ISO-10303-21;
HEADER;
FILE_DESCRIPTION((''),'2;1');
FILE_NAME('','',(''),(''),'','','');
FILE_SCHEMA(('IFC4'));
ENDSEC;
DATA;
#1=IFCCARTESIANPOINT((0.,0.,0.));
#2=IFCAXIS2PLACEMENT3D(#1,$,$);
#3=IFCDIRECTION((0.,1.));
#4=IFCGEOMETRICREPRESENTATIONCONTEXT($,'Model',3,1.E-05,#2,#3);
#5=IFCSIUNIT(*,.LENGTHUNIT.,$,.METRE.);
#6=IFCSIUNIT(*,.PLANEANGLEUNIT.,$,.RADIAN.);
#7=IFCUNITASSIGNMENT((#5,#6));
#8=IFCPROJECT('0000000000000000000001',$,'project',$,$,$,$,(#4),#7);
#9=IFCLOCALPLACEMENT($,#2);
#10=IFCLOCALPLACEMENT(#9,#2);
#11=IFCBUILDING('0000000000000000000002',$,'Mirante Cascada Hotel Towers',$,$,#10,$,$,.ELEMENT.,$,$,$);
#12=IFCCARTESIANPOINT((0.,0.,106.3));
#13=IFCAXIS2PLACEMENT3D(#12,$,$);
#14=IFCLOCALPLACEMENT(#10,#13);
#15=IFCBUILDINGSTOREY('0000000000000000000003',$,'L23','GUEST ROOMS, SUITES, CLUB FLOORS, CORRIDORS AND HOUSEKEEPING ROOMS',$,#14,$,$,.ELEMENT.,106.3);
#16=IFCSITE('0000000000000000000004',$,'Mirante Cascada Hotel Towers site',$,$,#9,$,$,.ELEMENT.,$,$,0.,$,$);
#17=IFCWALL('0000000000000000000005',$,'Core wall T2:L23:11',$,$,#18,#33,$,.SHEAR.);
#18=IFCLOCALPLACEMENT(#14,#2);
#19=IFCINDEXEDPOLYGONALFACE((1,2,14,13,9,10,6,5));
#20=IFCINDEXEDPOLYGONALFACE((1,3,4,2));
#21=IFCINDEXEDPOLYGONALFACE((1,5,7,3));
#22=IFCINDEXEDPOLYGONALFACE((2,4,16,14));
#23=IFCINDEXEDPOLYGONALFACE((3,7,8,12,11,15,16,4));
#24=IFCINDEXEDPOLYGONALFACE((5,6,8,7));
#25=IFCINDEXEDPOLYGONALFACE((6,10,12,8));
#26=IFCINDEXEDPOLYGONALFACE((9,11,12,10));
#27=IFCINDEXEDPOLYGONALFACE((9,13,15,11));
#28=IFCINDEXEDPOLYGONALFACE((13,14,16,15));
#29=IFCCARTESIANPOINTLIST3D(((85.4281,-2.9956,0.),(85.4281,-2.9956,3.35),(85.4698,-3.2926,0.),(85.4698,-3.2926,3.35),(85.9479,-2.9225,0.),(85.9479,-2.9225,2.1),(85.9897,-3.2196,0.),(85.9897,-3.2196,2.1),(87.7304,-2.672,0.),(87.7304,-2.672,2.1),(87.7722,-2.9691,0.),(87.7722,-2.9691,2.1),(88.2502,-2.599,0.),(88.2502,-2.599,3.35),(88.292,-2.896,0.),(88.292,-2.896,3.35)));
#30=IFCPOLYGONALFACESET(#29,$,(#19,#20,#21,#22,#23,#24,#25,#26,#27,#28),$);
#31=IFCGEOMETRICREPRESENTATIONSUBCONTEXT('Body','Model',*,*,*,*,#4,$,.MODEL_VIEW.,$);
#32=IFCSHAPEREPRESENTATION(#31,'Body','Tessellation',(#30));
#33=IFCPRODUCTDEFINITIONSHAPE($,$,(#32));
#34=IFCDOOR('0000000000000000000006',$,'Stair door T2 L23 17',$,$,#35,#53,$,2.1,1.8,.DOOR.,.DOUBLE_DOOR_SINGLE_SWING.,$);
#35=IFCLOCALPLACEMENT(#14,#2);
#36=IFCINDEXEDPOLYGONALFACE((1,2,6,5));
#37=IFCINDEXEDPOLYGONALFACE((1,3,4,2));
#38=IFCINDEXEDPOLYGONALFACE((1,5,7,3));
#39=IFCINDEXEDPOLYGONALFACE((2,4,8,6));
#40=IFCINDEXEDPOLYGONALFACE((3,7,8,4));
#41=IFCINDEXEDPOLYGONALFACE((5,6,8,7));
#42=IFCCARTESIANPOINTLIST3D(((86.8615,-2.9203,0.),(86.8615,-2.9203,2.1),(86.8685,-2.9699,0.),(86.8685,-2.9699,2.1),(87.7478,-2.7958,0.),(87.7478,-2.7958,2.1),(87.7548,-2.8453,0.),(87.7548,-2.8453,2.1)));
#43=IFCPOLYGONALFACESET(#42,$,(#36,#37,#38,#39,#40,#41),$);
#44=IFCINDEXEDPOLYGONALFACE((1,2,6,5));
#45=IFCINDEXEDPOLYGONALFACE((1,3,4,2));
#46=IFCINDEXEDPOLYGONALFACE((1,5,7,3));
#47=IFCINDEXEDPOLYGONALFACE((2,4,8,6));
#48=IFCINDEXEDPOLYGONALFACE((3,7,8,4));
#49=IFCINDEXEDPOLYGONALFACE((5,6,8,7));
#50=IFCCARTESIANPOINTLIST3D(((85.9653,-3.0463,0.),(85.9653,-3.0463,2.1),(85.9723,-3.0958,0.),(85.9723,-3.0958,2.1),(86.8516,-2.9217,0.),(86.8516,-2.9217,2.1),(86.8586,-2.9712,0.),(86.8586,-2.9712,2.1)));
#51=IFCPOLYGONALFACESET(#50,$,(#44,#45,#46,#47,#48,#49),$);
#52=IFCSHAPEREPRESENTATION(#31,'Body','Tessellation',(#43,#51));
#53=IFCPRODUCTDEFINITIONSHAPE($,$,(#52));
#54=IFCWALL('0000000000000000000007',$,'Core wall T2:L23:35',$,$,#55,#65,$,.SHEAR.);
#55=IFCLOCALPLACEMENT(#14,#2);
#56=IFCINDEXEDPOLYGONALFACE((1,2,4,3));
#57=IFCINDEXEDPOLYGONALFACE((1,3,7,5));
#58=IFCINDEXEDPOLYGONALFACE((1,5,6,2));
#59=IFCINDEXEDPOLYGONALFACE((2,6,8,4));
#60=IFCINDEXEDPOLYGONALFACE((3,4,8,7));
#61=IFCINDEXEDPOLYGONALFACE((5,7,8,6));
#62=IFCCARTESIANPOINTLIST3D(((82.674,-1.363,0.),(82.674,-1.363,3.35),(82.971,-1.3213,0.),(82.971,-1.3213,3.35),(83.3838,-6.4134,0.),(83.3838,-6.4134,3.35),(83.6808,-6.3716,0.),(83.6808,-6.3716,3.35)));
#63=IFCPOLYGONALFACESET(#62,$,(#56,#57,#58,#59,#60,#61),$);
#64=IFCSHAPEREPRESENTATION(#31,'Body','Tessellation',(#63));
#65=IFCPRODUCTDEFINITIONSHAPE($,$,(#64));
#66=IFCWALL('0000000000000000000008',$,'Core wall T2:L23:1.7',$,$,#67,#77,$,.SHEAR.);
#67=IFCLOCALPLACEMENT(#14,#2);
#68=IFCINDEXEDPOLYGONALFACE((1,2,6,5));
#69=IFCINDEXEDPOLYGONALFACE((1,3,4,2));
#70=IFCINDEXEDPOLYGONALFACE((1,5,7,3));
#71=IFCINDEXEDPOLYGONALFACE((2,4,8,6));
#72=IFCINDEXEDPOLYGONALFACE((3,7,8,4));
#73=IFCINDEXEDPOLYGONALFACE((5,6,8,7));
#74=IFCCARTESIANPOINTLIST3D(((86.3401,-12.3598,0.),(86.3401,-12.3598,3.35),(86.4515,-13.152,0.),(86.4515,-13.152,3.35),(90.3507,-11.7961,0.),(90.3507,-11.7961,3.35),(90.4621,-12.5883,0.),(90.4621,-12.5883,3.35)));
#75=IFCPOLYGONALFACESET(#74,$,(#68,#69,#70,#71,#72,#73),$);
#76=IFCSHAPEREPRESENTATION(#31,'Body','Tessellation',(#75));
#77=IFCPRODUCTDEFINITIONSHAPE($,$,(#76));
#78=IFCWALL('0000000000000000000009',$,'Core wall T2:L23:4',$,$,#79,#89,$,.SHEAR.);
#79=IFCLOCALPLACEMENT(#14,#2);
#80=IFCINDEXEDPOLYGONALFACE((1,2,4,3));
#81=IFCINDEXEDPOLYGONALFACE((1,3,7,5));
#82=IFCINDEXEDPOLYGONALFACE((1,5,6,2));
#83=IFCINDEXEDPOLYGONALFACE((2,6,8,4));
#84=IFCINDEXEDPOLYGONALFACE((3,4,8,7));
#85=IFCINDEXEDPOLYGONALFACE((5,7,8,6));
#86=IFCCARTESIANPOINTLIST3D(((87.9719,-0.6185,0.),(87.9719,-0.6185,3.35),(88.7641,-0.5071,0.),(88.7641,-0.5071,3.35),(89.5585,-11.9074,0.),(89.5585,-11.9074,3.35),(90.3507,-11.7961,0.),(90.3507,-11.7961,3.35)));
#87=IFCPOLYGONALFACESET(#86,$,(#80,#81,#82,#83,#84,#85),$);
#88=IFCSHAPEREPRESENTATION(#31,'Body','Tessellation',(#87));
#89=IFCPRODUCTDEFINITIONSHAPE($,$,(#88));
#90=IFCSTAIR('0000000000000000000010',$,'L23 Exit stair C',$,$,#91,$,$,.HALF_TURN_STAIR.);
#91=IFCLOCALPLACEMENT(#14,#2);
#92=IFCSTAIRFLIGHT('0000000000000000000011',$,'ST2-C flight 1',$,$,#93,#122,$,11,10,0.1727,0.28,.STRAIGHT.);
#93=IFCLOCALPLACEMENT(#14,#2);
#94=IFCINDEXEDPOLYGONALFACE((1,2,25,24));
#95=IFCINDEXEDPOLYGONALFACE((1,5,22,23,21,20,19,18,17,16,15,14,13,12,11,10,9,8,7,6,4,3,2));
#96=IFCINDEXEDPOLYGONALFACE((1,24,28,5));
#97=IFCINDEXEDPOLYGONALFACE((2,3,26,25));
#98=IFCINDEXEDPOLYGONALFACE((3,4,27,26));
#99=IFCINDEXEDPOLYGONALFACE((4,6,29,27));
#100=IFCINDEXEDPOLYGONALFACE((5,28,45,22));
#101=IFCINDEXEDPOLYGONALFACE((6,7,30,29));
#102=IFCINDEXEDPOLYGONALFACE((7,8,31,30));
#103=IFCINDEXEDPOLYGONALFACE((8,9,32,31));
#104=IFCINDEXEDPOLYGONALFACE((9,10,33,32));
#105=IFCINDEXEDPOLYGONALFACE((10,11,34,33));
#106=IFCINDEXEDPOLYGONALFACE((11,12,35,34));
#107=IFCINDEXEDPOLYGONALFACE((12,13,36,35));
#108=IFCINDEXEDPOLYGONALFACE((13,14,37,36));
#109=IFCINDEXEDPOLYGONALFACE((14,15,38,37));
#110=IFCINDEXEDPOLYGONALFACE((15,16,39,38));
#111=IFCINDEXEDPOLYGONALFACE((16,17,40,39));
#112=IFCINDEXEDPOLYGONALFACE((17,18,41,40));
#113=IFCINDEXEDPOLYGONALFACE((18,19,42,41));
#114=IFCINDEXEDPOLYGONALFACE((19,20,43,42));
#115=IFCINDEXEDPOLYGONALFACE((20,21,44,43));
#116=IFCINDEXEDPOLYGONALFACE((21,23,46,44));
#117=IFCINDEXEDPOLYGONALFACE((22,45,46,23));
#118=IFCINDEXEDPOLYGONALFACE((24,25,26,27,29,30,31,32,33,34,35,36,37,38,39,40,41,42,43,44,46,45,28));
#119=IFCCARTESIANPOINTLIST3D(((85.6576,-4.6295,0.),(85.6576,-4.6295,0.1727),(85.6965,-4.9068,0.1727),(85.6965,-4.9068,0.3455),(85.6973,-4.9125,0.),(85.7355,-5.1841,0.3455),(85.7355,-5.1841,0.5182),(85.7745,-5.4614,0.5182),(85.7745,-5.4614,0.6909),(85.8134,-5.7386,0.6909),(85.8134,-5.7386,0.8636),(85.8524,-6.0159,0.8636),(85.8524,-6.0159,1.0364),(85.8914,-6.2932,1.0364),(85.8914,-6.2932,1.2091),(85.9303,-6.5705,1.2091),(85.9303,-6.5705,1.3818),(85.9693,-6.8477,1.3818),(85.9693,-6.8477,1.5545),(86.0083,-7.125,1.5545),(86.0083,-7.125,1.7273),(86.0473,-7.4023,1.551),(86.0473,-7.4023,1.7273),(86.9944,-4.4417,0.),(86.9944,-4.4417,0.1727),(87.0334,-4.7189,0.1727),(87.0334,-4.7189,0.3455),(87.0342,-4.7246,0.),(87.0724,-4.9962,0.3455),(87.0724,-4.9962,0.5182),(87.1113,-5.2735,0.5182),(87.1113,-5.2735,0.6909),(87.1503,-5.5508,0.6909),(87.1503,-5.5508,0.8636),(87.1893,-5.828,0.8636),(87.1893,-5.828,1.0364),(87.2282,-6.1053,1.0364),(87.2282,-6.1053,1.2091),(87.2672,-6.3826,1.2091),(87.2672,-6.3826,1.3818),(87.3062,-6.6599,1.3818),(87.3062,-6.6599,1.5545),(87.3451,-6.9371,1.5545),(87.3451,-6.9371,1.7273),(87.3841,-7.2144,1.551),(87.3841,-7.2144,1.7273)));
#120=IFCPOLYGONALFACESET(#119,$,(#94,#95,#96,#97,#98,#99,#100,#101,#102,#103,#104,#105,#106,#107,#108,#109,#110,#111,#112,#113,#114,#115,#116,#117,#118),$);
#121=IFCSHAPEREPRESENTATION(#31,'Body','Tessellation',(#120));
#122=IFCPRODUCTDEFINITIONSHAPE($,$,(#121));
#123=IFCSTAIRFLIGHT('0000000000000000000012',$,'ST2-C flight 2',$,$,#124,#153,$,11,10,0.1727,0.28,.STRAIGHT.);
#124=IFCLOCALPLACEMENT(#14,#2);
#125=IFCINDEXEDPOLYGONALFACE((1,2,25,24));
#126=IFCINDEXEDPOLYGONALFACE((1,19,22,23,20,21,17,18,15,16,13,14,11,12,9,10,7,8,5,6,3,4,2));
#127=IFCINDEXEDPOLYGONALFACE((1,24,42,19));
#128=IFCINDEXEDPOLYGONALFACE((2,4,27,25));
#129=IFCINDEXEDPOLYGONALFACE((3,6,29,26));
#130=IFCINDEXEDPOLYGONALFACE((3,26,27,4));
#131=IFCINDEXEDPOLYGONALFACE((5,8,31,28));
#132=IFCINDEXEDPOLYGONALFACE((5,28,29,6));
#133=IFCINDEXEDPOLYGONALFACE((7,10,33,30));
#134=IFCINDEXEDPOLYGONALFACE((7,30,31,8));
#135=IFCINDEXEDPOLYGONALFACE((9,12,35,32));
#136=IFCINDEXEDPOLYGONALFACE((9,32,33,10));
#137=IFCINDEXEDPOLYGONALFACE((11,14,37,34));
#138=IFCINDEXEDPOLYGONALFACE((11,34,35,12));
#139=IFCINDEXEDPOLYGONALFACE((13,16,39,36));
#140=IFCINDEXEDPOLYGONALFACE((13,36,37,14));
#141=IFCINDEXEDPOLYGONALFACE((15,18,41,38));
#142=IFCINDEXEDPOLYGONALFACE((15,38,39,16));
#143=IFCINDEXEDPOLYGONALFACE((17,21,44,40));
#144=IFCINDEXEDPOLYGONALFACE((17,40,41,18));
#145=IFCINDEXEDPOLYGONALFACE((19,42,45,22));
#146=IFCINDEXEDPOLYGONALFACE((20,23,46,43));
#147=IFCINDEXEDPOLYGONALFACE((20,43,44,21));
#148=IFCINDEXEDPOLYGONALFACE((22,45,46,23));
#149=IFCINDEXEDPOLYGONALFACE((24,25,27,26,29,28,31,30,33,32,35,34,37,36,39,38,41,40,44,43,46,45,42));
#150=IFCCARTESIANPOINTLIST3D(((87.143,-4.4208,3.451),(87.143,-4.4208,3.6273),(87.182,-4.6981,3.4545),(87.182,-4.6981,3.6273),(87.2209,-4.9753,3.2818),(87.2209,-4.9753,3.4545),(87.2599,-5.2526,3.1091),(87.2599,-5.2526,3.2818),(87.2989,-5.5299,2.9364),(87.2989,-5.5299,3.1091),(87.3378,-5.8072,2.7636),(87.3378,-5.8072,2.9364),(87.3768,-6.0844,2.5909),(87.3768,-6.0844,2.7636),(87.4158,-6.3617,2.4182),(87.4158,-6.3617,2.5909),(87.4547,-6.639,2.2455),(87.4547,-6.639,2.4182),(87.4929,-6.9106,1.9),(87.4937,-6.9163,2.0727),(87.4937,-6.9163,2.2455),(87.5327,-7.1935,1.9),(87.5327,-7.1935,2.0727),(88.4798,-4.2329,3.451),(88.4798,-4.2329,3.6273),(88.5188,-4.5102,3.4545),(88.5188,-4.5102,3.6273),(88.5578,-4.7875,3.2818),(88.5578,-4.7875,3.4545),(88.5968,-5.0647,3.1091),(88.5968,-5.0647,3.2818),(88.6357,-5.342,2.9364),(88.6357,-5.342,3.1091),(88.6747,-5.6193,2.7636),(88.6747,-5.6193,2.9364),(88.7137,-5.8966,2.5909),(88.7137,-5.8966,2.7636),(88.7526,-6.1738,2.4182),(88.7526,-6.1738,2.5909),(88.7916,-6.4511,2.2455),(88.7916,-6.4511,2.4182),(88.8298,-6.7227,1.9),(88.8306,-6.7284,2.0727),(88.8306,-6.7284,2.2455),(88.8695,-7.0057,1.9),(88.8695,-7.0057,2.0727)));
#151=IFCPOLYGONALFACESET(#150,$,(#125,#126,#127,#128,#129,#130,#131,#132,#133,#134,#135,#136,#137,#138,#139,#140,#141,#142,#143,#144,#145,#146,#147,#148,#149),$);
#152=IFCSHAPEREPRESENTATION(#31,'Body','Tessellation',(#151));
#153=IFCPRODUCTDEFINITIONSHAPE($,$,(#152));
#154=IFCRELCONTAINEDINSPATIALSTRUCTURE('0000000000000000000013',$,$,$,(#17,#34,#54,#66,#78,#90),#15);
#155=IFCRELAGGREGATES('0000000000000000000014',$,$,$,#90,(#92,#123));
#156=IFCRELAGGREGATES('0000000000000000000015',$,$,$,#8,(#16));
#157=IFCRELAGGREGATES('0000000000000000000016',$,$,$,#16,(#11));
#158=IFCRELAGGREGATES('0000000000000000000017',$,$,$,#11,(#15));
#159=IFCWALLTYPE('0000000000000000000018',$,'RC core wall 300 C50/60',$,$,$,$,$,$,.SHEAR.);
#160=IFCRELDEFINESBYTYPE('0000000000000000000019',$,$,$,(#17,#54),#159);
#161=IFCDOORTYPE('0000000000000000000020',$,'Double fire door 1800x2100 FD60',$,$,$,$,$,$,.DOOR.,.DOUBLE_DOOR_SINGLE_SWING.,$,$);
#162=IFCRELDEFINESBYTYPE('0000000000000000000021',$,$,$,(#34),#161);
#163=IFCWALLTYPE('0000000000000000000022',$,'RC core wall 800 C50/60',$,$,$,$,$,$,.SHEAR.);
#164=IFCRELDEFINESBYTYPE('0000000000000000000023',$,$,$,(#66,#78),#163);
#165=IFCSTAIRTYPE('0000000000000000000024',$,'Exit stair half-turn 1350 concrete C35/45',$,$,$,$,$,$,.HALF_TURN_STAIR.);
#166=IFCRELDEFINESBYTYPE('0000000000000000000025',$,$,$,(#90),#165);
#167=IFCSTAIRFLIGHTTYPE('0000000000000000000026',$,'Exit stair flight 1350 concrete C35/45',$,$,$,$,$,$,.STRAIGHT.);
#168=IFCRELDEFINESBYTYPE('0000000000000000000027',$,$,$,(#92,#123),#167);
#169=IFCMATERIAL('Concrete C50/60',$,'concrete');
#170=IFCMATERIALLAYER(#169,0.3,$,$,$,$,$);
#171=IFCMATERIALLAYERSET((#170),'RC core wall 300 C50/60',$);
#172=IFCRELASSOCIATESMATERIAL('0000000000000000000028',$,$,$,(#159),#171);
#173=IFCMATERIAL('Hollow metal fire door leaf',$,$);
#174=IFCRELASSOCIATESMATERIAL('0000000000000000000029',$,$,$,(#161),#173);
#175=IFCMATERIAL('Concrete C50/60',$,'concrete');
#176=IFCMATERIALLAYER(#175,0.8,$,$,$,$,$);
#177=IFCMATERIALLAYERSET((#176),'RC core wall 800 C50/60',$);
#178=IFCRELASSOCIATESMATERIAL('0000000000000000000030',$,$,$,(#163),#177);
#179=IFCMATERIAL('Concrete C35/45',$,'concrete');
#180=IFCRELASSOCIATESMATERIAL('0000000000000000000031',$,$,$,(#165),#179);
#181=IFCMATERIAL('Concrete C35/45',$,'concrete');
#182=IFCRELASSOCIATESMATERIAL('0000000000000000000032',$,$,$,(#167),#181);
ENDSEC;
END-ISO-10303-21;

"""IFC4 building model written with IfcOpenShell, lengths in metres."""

from ifc_helpers import new_model, si_unit, direction, frame, frame_2d, origin, place, context, subcontext, project, spatial, polyline, rectangle, outline, extrude, material, layer, layer_set, type_object, element, fill, aggregate, save


model = new_model("IFC4")

# Units and contexts
model_context = context("Model", 3, precision=1e-05, world=origin(), true_north=direction((0.0, 1.0)))
body_context = subcontext(model_context, "Body", "Model", "MODEL_VIEW")
ifc_project = project(units=[si_unit("LENGTHUNIT", "METRE"), si_unit("PLANEANGLEUNIT", "RADIAN")], contexts=[model_context])

# Site, building, storey
site_placement = place(None, origin())
site = spatial("IfcSite", under=ifc_project, at=site_placement, Name="Mirante Cascada Hotel Towers site", CompositionType="ELEMENT", RefElevation=0.0)
building_placement = place(site_placement, origin())
building = spatial("IfcBuilding", under=site, at=building_placement, Name="Mirante Cascada Hotel Towers", CompositionType="ELEMENT")
storey_placement = place(building_placement, frame((0.0, 0.0, 106.3)))
storey = spatial("IfcBuildingStorey", under=building, at=storey_placement, Name="L23", Description="GUEST ROOMS, SUITES, CLUB FLOORS, CORRIDORS AND HOUSEKEEPING ROOMS", CompositionType="ELEMENT", Elevation=106.3)

# Shared definitions
ifc_material_1 = material(Name="Concrete C50/60", Category="concrete")
ifc_layer_1 = layer(ifc_material_1, 0.3)
ifc_layer_set_1 = layer_set([ifc_layer_1], Name="RC core wall 300 C50/60")
wall_type_1 = type_object("IfcWallType", Name="RC core wall 300 C50/60", PredefinedType="SHEAR", material=ifc_layer_set_1)

# Wall, opening, door
wall_1_placement = place(storey_placement, frame((85.4489, -3.1441, 0.0), z_axis=(0.0, 0.0, 1.0), x_axis=(0.99027, 0.139161, 0.0)))
wall_1 = element("IfcWall", 1, at=wall_1_placement, inside=storey, type_object=wall_type_1, Name="Core wall T2:L23:11", PredefinedType="SHEAR", context=body_context, shape_type="SweptSolid", body=[
    extrude(rectangle(XDim=2.8499, YDim=0.3, at=frame_2d((1.425, 0.0))), origin(), (0.0, 0.0, 1.0), 3.35),
])
opening_1_placement = place(wall_1_placement, frame((0.525, 0.0, 0.0)))
opening_1 = element("IfcOpeningElement", 2, at=opening_1_placement, cuts=wall_1, PredefinedType="OPENING", context=body_context, shape_type="SweptSolid", body=[
    extrude(rectangle(XDim=1.8, YDim=2.1, at=frame_2d((0.9, 1.05))), frame((0.0, 0.15, 0.0), z_axis=(0.0, -1.0, 0.0), x_axis=(1.0, 0.0, 0.0)), (0.0, 0.0, 1.0), 0.3),
])
ifc_material_2 = material(Name="Hollow metal fire door leaf")
door_type_1 = type_object("IfcDoorType", Name="Double fire door 1800x2100 FD60", OperationType="DOUBLE_DOOR_SINGLE_SWING", PredefinedType="DOOR", material=ifc_material_2)
door_1_placement = place(opening_1_placement, frame((1.8, 0.0, 0.0), z_axis=(0.0, 0.0, 1.0), x_axis=(-1.0, 0.0, 0.0)))
door_1 = element("IfcDoor", 3, at=door_1_placement, inside=storey, type_object=door_type_1, Name="Stair door T2 L23 17", OperationType="DOUBLE_DOOR_SINGLE_SWING", OverallHeight=2.1, OverallWidth=1.8, PredefinedType="DOOR", context=body_context, shape_type="SweptSolid", body=[
    extrude(rectangle(XDim=0.895, YDim=2.1, at=frame_2d((0.4475, 1.05))), frame((0.0, 0.025, 0.0), z_axis=(0.0, -1.0, 0.0), x_axis=(1.0, 0.0, 0.0)), (0.0, 0.0, 1.0), 0.05),
    extrude(rectangle(XDim=0.895, YDim=2.1, at=frame_2d((1.3525, 1.05))), frame((0.0, 0.025, 0.0), z_axis=(0.0, -1.0, 0.0), x_axis=(1.0, 0.0, 0.0)), (0.0, 0.0, 1.0), 0.05),
])
fill(opening_1, door_1)

# Walls
wall_2_placement = place(storey_placement, frame((83.5323, -6.3925, 0.0), z_axis=(0.0, 0.0, 1.0), x_axis=(-0.139176, 0.990268, 0.0)))
element("IfcWall", 4, at=wall_2_placement, inside=storey, type_object=wall_type_1, Name="Core wall T2:L23:35", PredefinedType="SHEAR", context=body_context, shape_type="SweptSolid", body=[
    extrude(rectangle(XDim=5.1, YDim=0.3, at=frame_2d((2.55, 0.0))), origin(), (0.0, 0.0, 1.0), 3.35),
])
ifc_material_3 = material(Name="Concrete C50/60", Category="concrete")
ifc_layer_2 = layer(ifc_material_3, 0.8)
ifc_layer_set_2 = layer_set([ifc_layer_2], Name="RC core wall 800 C50/60")
wall_type_2 = type_object("IfcWallType", Name="RC core wall 800 C50/60", PredefinedType="SHEAR", material=ifc_layer_set_2)
wall_3_placement = place(storey_placement, frame((86.3958, -12.7559, 0.0), z_axis=(0.0, 0.0, 1.0), x_axis=(0.990267, 0.139184, 0.0)))
element("IfcWall", 5, at=wall_3_placement, inside=storey, type_object=wall_type_2, Name="Core wall T2:L23:1.7", PredefinedType="SHEAR", context=body_context, shape_type="SweptSolid", body=[
    extrude(rectangle(XDim=4.05, YDim=0.8, at=frame_2d((2.025, 0.0))), origin(), (0.0, 0.0, 1.0), 3.35),
])
wall_4_placement = place(storey_placement, frame((89.9546, -11.8518, 0.0), z_axis=(0.0, 0.0, 1.0), x_axis=(-0.139176, 0.990268, 0.0)))
element("IfcWall", 6, at=wall_4_placement, inside=storey, type_object=wall_type_2, Name="Core wall T2:L23:4", PredefinedType="SHEAR", context=body_context, shape_type="SweptSolid", body=[
    extrude(rectangle(XDim=11.3999, YDim=0.8, at=frame_2d((5.7, 0.0))), origin(), (0.0, 0.0, 1.0), 3.35),
])

# Stair, stair flights
ifc_material_4 = material(Name="Concrete C35/45", Category="concrete")
stair_type = type_object("IfcStairType", Name="Exit stair half-turn 1350 concrete C35/45", PredefinedType="HALF_TURN_STAIR", material=ifc_material_4)
stair_placement = place(storey_placement, origin())
stair = element("IfcStair", 7, at=stair_placement, inside=storey, type_object=stair_type, Name="L23 Exit stair C", PredefinedType="HALF_TURN_STAIR")
ifc_material_5 = material(Name="Concrete C35/45", Category="concrete")
stair_flight_type = type_object("IfcStairFlightType", Name="Exit stair flight 1350 concrete C35/45", PredefinedType="STRAIGHT", material=ifc_material_5)
stair_flight_1_placement = place(storey_placement, frame((86.326, -4.5356, 0.0), z_axis=(0.0, 0.0, 1.0), x_axis=(0.139173, -0.990268, 0.0)))
stair_flight_1 = element("IfcStairFlight", 8, at=stair_flight_1_placement, type_object=stair_flight_type, Name="ST2-C flight 1", NumberOfRisers=11, NumberOfTreads=10, PredefinedType="STRAIGHT", RiserHeight=0.1727, TreadLength=0.28, context=body_context, shape_type="SweptSolid", body=[
    extrude(outline(polyline([(0.0, 0.0), (0.0, 0.1727), (0.28, 0.1727), (0.28, 0.3455), (0.56, 0.3455), (0.56, 0.5182), (0.84, 0.5182), (0.84, 0.6909), (1.12, 0.6909), (1.12, 0.8636), (1.4, 0.8636), (1.4, 1.0364), (1.68, 1.0364), (1.68, 1.2091), (1.96, 1.2091), (1.96, 1.3818), (2.24, 1.3818), (2.24, 1.5545), (2.52, 1.5545), (2.52, 1.7273), (2.8, 1.7273), (2.8, 1.9), (2.8, 1.551), (0.2857, 0.0), (0.0, 0.0)])), frame((0.0, 0.675, 0.0), z_axis=(0.0, -1.0, 0.0), x_axis=(1.0, 0.0, 0.0)), (0.0, 0.0, 1.0), 1.35),
])
stair_flight_2_placement = place(storey_placement, frame((88.2011, -7.0996, 1.9), z_axis=(0.0, 0.0, 1.0), x_axis=(-0.139173, 0.990268, 0.0)))
stair_flight_2 = element("IfcStairFlight", 9, at=stair_flight_2_placement, type_object=stair_flight_type, Name="ST2-C flight 2", NumberOfRisers=11, NumberOfTreads=10, PredefinedType="STRAIGHT", RiserHeight=0.1727, TreadLength=0.28, context=body_context, shape_type="SweptSolid", body=[
    extrude(outline(polyline([(0.0, 0.0), (0.0, 0.1727), (0.28, 0.1727), (0.28, 0.3455), (0.56, 0.3455), (0.56, 0.5182), (0.84, 0.5182), (0.84, 0.6909), (1.12, 0.6909), (1.12, 0.8636), (1.4, 0.8636), (1.4, 1.0364), (1.68, 1.0364), (1.68, 1.2091), (1.96, 1.2091), (1.96, 1.3818), (2.24, 1.3818), (2.24, 1.5545), (2.52, 1.5545), (2.52, 1.7273), (2.8, 1.7273), (2.8, 1.9), (2.8, 1.551), (0.2857, 0.0), (0.0, 0.0)])), frame((0.0, 0.675, 0.0), z_axis=(0.0, -1.0, 0.0), x_axis=(1.0, 0.0, 0.0)), (0.0, 0.0, 1.0), 1.35),
])
aggregate(stair, [stair_flight_1, stair_flight_2])

save(model, "model.ifc")
